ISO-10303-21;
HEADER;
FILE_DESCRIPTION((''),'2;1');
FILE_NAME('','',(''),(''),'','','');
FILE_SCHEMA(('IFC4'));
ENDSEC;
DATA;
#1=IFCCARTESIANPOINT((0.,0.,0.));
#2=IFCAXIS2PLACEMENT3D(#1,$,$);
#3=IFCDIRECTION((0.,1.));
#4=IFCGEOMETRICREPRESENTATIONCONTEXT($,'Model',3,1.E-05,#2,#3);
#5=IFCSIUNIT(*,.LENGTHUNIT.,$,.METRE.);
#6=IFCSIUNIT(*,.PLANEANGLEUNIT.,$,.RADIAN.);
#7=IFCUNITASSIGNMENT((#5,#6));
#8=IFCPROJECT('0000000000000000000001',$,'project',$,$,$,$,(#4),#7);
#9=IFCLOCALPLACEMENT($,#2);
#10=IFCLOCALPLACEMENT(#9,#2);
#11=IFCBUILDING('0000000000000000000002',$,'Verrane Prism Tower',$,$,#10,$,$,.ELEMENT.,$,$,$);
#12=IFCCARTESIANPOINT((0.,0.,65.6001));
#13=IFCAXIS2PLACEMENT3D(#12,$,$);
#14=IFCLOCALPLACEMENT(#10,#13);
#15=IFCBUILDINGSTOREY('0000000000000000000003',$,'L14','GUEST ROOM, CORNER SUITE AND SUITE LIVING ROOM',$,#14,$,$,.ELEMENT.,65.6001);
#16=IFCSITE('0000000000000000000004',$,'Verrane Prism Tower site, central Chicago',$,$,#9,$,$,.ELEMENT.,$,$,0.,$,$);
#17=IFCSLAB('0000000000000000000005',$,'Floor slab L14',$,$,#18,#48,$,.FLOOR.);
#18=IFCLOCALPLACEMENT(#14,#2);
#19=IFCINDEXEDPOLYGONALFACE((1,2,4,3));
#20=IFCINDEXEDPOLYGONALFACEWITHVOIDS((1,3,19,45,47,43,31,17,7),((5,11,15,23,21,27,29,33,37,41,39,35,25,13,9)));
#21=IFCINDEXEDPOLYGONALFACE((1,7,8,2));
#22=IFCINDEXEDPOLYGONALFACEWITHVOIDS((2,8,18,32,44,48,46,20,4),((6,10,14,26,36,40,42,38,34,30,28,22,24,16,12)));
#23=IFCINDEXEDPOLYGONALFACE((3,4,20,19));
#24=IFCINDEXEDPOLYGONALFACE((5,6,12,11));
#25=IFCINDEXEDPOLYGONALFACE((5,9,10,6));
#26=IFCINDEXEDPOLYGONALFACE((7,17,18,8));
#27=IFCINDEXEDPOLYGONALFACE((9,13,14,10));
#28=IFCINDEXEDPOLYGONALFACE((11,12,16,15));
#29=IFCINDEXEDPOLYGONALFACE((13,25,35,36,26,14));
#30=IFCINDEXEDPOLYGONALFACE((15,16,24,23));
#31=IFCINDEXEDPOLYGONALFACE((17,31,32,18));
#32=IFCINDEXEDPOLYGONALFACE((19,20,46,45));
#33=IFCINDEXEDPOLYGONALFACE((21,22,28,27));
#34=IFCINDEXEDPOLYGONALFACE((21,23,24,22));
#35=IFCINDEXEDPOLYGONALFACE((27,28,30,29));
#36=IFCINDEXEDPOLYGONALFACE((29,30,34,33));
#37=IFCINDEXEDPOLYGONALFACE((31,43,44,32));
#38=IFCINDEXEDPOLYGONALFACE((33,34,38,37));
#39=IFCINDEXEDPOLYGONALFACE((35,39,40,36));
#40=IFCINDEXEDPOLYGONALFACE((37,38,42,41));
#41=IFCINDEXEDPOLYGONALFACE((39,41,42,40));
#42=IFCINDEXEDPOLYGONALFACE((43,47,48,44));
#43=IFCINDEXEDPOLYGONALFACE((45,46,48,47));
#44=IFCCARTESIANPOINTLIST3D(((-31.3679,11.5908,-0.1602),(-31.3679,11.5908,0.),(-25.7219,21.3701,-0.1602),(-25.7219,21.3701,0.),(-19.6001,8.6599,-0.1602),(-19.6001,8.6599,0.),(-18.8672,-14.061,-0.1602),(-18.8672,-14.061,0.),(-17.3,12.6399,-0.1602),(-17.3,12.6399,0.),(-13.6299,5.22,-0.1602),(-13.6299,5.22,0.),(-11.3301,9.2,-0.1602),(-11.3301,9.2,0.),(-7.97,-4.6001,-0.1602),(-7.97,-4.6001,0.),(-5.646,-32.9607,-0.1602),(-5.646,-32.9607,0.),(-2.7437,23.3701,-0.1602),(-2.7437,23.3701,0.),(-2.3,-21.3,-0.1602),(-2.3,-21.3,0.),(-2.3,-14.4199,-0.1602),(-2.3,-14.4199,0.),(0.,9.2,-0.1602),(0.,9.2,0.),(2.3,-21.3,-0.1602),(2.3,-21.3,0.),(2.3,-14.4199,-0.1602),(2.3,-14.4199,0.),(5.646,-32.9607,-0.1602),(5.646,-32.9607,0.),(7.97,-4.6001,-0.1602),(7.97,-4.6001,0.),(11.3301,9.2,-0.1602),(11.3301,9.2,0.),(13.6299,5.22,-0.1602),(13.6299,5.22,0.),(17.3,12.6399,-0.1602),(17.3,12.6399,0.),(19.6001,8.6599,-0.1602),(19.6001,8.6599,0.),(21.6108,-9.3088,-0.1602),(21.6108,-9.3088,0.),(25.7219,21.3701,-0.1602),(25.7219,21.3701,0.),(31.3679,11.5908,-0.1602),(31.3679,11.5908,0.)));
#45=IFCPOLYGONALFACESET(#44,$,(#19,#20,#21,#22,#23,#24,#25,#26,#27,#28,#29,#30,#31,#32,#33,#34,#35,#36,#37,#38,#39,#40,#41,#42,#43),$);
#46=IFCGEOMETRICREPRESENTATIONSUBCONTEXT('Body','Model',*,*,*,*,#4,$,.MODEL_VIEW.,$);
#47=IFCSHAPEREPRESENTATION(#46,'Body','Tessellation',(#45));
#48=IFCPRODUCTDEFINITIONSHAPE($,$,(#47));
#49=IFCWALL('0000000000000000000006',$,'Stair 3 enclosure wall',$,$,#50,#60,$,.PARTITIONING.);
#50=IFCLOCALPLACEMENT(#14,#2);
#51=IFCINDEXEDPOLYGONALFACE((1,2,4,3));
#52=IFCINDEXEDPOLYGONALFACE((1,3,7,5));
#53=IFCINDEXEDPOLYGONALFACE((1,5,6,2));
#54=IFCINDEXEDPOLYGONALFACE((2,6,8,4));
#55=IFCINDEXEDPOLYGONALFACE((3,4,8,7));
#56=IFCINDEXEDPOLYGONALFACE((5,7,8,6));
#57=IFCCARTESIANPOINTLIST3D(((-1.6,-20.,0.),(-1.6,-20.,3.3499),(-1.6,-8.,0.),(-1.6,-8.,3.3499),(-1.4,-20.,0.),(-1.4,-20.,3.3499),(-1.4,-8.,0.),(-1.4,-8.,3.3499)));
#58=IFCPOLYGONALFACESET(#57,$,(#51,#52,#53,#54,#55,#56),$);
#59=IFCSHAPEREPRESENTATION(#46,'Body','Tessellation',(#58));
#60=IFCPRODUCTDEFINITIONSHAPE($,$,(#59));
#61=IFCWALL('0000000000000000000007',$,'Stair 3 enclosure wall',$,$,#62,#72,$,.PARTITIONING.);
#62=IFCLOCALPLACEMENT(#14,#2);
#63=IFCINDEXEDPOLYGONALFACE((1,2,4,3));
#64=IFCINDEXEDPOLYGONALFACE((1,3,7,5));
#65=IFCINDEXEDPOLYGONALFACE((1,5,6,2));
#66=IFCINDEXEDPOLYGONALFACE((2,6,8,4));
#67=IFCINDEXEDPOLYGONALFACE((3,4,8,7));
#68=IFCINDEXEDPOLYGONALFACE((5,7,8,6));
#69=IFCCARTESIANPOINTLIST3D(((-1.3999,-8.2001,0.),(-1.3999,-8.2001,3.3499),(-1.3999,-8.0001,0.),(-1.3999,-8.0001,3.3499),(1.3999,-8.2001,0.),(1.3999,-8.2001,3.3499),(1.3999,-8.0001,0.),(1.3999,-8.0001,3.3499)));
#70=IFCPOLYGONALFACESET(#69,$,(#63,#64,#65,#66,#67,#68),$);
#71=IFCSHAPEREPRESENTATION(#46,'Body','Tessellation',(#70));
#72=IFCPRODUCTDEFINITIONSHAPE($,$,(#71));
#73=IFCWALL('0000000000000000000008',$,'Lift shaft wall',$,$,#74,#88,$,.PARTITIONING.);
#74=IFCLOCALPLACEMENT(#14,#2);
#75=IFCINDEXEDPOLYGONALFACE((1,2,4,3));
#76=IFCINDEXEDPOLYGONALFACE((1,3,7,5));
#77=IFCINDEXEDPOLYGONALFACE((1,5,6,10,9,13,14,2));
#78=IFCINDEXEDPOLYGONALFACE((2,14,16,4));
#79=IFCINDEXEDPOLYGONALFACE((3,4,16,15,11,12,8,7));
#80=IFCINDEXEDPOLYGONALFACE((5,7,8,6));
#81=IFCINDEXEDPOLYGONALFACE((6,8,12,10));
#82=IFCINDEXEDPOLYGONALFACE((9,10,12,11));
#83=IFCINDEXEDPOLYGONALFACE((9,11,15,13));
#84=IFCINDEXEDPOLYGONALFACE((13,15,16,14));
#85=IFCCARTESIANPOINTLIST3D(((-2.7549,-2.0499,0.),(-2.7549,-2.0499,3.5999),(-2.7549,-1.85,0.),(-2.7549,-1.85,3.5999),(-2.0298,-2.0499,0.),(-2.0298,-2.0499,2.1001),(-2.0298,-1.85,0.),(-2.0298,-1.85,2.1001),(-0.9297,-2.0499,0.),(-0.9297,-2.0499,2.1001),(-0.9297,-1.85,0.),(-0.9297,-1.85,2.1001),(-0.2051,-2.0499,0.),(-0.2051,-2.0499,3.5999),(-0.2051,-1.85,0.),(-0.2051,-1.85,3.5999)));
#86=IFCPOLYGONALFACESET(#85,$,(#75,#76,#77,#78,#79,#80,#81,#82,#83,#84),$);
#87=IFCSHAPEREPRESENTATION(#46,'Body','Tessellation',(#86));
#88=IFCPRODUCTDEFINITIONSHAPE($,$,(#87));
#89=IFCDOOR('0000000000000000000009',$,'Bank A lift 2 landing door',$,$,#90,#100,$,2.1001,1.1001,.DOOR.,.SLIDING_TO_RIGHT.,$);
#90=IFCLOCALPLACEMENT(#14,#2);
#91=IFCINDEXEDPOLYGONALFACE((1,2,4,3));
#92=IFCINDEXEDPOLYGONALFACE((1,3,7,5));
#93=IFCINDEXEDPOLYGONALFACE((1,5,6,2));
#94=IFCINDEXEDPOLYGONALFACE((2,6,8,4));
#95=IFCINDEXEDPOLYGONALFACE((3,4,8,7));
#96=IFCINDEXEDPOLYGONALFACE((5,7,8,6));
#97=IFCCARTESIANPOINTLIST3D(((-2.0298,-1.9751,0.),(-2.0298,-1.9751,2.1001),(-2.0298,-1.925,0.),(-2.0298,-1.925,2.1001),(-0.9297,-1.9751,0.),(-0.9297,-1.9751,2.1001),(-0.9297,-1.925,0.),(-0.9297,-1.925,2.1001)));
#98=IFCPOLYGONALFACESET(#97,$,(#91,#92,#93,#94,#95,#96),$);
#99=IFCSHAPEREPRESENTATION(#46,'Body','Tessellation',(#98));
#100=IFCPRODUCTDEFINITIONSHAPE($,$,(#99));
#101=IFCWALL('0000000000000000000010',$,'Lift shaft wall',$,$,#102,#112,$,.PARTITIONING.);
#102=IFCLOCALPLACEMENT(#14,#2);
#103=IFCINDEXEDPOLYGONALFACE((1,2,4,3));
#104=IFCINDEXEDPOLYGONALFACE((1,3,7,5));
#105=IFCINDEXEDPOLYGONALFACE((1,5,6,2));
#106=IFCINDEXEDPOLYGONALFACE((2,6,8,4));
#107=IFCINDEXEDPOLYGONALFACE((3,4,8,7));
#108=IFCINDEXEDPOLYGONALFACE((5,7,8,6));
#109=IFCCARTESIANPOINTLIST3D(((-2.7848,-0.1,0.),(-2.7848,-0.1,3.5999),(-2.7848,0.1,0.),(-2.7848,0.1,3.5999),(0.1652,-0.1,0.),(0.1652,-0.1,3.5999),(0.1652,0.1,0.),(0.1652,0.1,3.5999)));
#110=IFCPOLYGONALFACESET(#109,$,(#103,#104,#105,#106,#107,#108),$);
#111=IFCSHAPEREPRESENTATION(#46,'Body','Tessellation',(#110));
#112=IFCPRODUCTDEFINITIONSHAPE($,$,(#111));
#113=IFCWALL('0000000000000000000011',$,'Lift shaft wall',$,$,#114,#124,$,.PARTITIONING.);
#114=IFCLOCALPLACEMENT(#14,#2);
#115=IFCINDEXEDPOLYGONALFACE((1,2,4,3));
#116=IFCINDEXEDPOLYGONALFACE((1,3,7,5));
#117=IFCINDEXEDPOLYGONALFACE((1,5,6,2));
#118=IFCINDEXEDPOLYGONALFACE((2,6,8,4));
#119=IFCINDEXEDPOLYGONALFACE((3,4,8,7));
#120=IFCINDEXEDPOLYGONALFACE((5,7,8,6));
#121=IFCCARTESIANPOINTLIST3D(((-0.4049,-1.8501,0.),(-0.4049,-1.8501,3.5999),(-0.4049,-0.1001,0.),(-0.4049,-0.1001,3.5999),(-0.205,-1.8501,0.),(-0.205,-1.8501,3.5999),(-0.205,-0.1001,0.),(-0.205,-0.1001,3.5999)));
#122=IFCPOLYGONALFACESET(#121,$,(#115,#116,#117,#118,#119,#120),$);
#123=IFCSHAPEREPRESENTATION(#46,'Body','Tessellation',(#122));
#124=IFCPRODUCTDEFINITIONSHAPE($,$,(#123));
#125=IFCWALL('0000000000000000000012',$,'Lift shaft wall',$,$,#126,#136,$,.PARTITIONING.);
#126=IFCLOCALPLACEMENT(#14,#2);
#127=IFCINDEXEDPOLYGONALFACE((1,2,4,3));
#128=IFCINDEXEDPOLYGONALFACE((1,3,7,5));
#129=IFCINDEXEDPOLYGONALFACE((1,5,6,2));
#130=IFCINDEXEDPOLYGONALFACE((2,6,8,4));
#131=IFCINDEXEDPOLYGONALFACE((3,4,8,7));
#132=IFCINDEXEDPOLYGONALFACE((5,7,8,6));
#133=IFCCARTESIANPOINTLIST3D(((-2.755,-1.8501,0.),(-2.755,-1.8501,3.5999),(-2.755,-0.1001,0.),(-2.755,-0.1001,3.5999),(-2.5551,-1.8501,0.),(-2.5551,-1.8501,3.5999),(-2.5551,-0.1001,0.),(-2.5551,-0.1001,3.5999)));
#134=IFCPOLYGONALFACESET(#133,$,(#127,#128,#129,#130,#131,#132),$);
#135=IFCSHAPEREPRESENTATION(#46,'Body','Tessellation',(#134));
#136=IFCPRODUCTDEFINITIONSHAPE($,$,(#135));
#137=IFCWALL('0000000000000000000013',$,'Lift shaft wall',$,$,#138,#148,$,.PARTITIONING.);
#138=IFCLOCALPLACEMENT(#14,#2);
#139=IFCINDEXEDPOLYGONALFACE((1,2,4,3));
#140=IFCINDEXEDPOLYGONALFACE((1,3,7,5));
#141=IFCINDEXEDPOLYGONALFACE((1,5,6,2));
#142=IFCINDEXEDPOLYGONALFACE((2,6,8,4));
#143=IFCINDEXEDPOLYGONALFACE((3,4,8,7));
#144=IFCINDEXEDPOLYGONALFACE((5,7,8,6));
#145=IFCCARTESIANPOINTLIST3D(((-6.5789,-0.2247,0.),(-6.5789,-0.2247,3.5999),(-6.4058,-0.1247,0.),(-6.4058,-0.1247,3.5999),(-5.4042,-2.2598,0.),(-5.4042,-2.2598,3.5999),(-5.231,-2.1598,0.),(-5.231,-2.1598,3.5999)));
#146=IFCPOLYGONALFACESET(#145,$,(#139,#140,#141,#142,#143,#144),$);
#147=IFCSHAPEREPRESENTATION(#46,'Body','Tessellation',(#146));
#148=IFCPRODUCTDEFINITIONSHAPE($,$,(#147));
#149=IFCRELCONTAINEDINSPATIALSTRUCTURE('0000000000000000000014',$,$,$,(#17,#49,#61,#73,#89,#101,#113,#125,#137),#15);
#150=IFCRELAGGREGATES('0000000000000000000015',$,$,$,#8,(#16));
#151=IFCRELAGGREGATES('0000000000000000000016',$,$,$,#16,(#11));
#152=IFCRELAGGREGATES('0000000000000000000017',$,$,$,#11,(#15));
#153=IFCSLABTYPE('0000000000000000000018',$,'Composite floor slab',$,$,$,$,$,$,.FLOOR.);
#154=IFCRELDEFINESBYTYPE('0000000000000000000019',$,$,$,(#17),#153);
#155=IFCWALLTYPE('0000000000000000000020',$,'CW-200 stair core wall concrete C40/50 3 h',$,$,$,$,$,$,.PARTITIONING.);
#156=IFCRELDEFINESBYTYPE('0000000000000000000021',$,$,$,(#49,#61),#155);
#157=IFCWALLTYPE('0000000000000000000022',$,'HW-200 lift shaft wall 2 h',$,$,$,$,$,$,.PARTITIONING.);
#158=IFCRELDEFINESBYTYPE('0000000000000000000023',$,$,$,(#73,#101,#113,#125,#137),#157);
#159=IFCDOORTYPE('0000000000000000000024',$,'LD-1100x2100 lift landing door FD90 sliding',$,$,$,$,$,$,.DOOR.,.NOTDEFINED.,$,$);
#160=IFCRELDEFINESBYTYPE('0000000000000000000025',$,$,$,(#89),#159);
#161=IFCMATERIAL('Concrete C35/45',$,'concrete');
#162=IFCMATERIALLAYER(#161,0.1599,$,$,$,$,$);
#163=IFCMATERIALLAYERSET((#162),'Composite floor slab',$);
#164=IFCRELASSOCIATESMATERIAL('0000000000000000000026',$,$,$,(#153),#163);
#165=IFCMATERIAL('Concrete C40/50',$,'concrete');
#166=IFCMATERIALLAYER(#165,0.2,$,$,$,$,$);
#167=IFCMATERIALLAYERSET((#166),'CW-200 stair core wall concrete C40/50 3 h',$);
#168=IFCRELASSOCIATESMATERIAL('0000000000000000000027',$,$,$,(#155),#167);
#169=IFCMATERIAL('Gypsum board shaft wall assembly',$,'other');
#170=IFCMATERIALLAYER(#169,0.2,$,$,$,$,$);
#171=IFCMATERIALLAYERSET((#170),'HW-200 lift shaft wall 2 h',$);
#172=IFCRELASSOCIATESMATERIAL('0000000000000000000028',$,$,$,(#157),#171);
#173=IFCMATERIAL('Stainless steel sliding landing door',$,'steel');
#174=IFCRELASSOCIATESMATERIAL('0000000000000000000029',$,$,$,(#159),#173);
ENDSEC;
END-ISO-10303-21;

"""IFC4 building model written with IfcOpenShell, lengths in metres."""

from ifc_helpers import new_model, si_unit, direction, frame, frame_2d, origin, place, context, subcontext, project, spatial, polyline, rectangle, outline, extrude, material, layer, layer_set, type_object, element, fill, save


model = new_model("IFC4")

# Units and contexts
model_context = context("Model", 3, precision=1e-05, world=origin(), true_north=direction((0.0, 1.0)))
body_context = subcontext(model_context, "Body", "Model", "MODEL_VIEW")
ifc_project = project(units=[si_unit("LENGTHUNIT", "METRE"), si_unit("PLANEANGLEUNIT", "RADIAN")], contexts=[model_context])

# Site, building, storey
site_placement = place(None, origin())
site = spatial("IfcSite", under=ifc_project, at=site_placement, Name="Verrane Prism Tower site, central Chicago", CompositionType="ELEMENT", RefElevation=0.0)
building_placement = place(site_placement, origin())
building = spatial("IfcBuilding", under=site, at=building_placement, Name="Verrane Prism Tower", CompositionType="ELEMENT")
storey_placement = place(building_placement, frame((0.0, 0.0, 65.6001)))
storey = spatial("IfcBuildingStorey", under=building, at=storey_placement, Name="L14", Description="GUEST ROOM, CORNER SUITE AND SUITE LIVING ROOM", CompositionType="ELEMENT", Elevation=65.6001)

# Slab
ifc_material_1 = material(Name="Concrete C35/45", Category="concrete")
ifc_layer_1 = layer(ifc_material_1, 0.1599)
ifc_layer_set_1 = layer_set([ifc_layer_1], Name="Composite floor slab")
slab_type = type_object("IfcSlabType", Name="Composite floor slab", PredefinedType="FLOOR", material=ifc_layer_set_1)
slab_placement = place(storey_placement, frame((0.0, 0.0, -0.1602)))
element("IfcSlab", 1, at=slab_placement, inside=storey, type_object=slab_type, Name="Floor slab L14", PredefinedType="FLOOR", context=body_context, shape_type="SweptSolid", body=[
    extrude(outline(polyline([(21.6108, -9.3088), (5.646, -32.9607), (-5.646, -32.9607), (-18.8672, -14.061), (-31.3679, 11.5908), (-25.7219, 21.3701), (-2.7437, 23.3701), (25.7219, 21.3701), (31.3679, 11.5908), (21.6108, -9.3088)]), holes=[polyline([(19.6001, 8.6599), (17.3, 12.6399), (11.3301, 9.2), (0.0, 9.2), (-11.3301, 9.2), (-17.3, 12.6399), (-19.6001, 8.6599), (-13.6299, 5.22), (-7.97, -4.6001), (-2.3, -14.4199), (-2.3, -21.3), (2.3, -21.3), (2.3, -14.4199), (7.97, -4.6001), (13.6299, 5.22), (19.6001, 8.6599)])]), origin(), (0.0, 0.0, 1.0), 0.1602),
])

# Walls
ifc_material_2 = material(Name="Concrete C40/50", Category="concrete")
ifc_layer_2 = layer(ifc_material_2, 0.2)
ifc_layer_set_2 = layer_set([ifc_layer_2], Name="CW-200 stair core wall concrete C40/50 3 h")
wall_type_1 = type_object("IfcWallType", Name="CW-200 stair core wall concrete C40/50 3 h", PredefinedType="PARTITIONING", material=ifc_layer_set_2)
wall_1_placement = place(storey_placement, frame((-1.5, -8.0, 0.0), z_axis=(0.0, 0.0, 1.0), x_axis=(0.0, -1.0, 0.0)))
element("IfcWall", 2, at=wall_1_placement, inside=storey, type_object=wall_type_1, Name="Stair 3 enclosure wall", PredefinedType="PARTITIONING", context=body_context, shape_type="SweptSolid", body=[
    extrude(rectangle(XDim=12.0, YDim=0.2, at=frame_2d((6.0, 0.0))), origin(), (0.0, 0.0, 1.0), 3.3499),
])
wall_2_placement = place(storey_placement, frame((-1.3999, -8.1001, 0.0), z_axis=(0.0, 0.0, 1.0), x_axis=(1.0, 0.0, 0.0)))
element("IfcWall", 3, at=wall_2_placement, inside=storey, type_object=wall_type_1, Name="Stair 3 enclosure wall", PredefinedType="PARTITIONING", context=body_context, shape_type="SweptSolid", body=[
    extrude(rectangle(XDim=2.7998, YDim=0.2, at=frame_2d((1.3999, 0.0))), origin(), (0.0, 0.0, 1.0), 3.3499),
])

# Wall, opening, door
ifc_material_3 = material(Name="Gypsum board shaft wall assembly", Category="other")
ifc_layer_3 = layer(ifc_material_3, 0.2)
ifc_layer_set_3 = layer_set([ifc_layer_3], Name="HW-200 lift shaft wall 2 h")
wall_type_2 = type_object("IfcWallType", Name="HW-200 lift shaft wall 2 h", PredefinedType="PARTITIONING", material=ifc_layer_set_3)
wall_3_placement = place(storey_placement, frame((-2.7549, -1.95, 0.0), z_axis=(0.0, 0.0, 1.0), x_axis=(1.0, 0.0, 0.0)))
wall_3 = element("IfcWall", 4, at=wall_3_placement, inside=storey, type_object=wall_type_2, Name="Lift shaft wall", PredefinedType="PARTITIONING", context=body_context, shape_type="SweptSolid", body=[
    extrude(rectangle(XDim=2.5498, YDim=0.2, at=frame_2d((1.2749, 0.0))), origin(), (0.0, 0.0, 1.0), 3.5999),
])
opening_1_placement = place(wall_3_placement, frame((0.7251, 0.0, 0.0)))
opening_1 = element("IfcOpeningElement", 5, at=opening_1_placement, cuts=wall_3, PredefinedType="OPENING", context=body_context, shape_type="SweptSolid", body=[
    extrude(rectangle(XDim=1.1001, YDim=2.1001, at=frame_2d((0.55, 1.05))), frame((0.0, 0.1099, 0.0), z_axis=(0.0, -1.0, 0.0), x_axis=(1.0, 0.0, 0.0)), (0.0, 0.0, 1.0), 0.22),
])
ifc_material_4 = material(Name="Stainless steel sliding landing door", Category="steel")
door_type_1 = type_object("IfcDoorType", Name="LD-1100x2100 lift landing door FD90 sliding", OperationType="NOTDEFINED", PredefinedType="DOOR", material=ifc_material_4)
door_1_placement = place(opening_1_placement, origin())
door_1 = element("IfcDoor", 6, at=door_1_placement, inside=storey, type_object=door_type_1, Name="Bank A lift 2 landing door", OperationType="SLIDING_TO_RIGHT", OverallHeight=2.1001, OverallWidth=1.1001, PredefinedType="DOOR", context=body_context, shape_type="SweptSolid", body=[
    extrude(rectangle(XDim=1.1001, YDim=2.1001, at=frame_2d((0.55, 1.05))), frame((0.0, 0.0249, 0.0), z_axis=(0.0, -1.0, 0.0), x_axis=(1.0, 0.0, 0.0)), (0.0, 0.0, 1.0), 0.05),
])
fill(opening_1, door_1)

# Walls
wall_4_placement = place(storey_placement, frame((-2.7849, 0.0, 0.0), z_axis=(0.0, 0.0, 1.0), x_axis=(1.0, 0.0, 0.0)))
element("IfcWall", 7, at=wall_4_placement, inside=storey, type_object=wall_type_2, Name="Lift shaft wall", PredefinedType="PARTITIONING", context=body_context, shape_type="SweptSolid", body=[
    extrude(rectangle(XDim=2.95, YDim=0.2, at=frame_2d((1.4751, 0.0))), origin(), (0.0, 0.0, 1.0), 3.5999),
])
for number, where, z_axis, x_axis, name in (
    (8, (-0.3049, -1.8501, 0.0), (0.0, 0.0, 1.0), (0.0, 1.0, 0.0), "Lift shaft wall"),
    (9, (-2.655, -1.8501, 0.0), (0.0, 0.0, 1.0), (0.0, 1.0, 0.0), "Lift shaft wall"),
):
    element("IfcWall", number, at=place(storey_placement, frame(where, z_axis=z_axis, x_axis=x_axis)), inside=storey, type_object=wall_type_2, Name=name, PredefinedType="PARTITIONING", context=body_context, shape_type="SweptSolid", body=[
        extrude(rectangle(XDim=1.75, YDim=0.2, at=frame_2d((0.875, 0.0))), origin(), (0.0, 0.0, 1.0), 3.5999),
    ])
wall_5_placement = place(storey_placement, frame((-5.3176, -2.2097, 0.0), z_axis=(0.0, 0.0, 1.0), x_axis=(-0.499938, 0.866061, 0.0)))
element("IfcWall", 10, at=wall_5_placement, inside=storey, type_object=wall_type_2, Name="Lift shaft wall", PredefinedType="PARTITIONING", context=body_context, shape_type="SweptSolid", body=[
    extrude(rectangle(XDim=2.3499, YDim=0.2, at=frame_2d((1.1748, 0.0))), origin(), (0.0, 0.0, 1.0), 3.5999),
])

save(model, "model.ifc")
